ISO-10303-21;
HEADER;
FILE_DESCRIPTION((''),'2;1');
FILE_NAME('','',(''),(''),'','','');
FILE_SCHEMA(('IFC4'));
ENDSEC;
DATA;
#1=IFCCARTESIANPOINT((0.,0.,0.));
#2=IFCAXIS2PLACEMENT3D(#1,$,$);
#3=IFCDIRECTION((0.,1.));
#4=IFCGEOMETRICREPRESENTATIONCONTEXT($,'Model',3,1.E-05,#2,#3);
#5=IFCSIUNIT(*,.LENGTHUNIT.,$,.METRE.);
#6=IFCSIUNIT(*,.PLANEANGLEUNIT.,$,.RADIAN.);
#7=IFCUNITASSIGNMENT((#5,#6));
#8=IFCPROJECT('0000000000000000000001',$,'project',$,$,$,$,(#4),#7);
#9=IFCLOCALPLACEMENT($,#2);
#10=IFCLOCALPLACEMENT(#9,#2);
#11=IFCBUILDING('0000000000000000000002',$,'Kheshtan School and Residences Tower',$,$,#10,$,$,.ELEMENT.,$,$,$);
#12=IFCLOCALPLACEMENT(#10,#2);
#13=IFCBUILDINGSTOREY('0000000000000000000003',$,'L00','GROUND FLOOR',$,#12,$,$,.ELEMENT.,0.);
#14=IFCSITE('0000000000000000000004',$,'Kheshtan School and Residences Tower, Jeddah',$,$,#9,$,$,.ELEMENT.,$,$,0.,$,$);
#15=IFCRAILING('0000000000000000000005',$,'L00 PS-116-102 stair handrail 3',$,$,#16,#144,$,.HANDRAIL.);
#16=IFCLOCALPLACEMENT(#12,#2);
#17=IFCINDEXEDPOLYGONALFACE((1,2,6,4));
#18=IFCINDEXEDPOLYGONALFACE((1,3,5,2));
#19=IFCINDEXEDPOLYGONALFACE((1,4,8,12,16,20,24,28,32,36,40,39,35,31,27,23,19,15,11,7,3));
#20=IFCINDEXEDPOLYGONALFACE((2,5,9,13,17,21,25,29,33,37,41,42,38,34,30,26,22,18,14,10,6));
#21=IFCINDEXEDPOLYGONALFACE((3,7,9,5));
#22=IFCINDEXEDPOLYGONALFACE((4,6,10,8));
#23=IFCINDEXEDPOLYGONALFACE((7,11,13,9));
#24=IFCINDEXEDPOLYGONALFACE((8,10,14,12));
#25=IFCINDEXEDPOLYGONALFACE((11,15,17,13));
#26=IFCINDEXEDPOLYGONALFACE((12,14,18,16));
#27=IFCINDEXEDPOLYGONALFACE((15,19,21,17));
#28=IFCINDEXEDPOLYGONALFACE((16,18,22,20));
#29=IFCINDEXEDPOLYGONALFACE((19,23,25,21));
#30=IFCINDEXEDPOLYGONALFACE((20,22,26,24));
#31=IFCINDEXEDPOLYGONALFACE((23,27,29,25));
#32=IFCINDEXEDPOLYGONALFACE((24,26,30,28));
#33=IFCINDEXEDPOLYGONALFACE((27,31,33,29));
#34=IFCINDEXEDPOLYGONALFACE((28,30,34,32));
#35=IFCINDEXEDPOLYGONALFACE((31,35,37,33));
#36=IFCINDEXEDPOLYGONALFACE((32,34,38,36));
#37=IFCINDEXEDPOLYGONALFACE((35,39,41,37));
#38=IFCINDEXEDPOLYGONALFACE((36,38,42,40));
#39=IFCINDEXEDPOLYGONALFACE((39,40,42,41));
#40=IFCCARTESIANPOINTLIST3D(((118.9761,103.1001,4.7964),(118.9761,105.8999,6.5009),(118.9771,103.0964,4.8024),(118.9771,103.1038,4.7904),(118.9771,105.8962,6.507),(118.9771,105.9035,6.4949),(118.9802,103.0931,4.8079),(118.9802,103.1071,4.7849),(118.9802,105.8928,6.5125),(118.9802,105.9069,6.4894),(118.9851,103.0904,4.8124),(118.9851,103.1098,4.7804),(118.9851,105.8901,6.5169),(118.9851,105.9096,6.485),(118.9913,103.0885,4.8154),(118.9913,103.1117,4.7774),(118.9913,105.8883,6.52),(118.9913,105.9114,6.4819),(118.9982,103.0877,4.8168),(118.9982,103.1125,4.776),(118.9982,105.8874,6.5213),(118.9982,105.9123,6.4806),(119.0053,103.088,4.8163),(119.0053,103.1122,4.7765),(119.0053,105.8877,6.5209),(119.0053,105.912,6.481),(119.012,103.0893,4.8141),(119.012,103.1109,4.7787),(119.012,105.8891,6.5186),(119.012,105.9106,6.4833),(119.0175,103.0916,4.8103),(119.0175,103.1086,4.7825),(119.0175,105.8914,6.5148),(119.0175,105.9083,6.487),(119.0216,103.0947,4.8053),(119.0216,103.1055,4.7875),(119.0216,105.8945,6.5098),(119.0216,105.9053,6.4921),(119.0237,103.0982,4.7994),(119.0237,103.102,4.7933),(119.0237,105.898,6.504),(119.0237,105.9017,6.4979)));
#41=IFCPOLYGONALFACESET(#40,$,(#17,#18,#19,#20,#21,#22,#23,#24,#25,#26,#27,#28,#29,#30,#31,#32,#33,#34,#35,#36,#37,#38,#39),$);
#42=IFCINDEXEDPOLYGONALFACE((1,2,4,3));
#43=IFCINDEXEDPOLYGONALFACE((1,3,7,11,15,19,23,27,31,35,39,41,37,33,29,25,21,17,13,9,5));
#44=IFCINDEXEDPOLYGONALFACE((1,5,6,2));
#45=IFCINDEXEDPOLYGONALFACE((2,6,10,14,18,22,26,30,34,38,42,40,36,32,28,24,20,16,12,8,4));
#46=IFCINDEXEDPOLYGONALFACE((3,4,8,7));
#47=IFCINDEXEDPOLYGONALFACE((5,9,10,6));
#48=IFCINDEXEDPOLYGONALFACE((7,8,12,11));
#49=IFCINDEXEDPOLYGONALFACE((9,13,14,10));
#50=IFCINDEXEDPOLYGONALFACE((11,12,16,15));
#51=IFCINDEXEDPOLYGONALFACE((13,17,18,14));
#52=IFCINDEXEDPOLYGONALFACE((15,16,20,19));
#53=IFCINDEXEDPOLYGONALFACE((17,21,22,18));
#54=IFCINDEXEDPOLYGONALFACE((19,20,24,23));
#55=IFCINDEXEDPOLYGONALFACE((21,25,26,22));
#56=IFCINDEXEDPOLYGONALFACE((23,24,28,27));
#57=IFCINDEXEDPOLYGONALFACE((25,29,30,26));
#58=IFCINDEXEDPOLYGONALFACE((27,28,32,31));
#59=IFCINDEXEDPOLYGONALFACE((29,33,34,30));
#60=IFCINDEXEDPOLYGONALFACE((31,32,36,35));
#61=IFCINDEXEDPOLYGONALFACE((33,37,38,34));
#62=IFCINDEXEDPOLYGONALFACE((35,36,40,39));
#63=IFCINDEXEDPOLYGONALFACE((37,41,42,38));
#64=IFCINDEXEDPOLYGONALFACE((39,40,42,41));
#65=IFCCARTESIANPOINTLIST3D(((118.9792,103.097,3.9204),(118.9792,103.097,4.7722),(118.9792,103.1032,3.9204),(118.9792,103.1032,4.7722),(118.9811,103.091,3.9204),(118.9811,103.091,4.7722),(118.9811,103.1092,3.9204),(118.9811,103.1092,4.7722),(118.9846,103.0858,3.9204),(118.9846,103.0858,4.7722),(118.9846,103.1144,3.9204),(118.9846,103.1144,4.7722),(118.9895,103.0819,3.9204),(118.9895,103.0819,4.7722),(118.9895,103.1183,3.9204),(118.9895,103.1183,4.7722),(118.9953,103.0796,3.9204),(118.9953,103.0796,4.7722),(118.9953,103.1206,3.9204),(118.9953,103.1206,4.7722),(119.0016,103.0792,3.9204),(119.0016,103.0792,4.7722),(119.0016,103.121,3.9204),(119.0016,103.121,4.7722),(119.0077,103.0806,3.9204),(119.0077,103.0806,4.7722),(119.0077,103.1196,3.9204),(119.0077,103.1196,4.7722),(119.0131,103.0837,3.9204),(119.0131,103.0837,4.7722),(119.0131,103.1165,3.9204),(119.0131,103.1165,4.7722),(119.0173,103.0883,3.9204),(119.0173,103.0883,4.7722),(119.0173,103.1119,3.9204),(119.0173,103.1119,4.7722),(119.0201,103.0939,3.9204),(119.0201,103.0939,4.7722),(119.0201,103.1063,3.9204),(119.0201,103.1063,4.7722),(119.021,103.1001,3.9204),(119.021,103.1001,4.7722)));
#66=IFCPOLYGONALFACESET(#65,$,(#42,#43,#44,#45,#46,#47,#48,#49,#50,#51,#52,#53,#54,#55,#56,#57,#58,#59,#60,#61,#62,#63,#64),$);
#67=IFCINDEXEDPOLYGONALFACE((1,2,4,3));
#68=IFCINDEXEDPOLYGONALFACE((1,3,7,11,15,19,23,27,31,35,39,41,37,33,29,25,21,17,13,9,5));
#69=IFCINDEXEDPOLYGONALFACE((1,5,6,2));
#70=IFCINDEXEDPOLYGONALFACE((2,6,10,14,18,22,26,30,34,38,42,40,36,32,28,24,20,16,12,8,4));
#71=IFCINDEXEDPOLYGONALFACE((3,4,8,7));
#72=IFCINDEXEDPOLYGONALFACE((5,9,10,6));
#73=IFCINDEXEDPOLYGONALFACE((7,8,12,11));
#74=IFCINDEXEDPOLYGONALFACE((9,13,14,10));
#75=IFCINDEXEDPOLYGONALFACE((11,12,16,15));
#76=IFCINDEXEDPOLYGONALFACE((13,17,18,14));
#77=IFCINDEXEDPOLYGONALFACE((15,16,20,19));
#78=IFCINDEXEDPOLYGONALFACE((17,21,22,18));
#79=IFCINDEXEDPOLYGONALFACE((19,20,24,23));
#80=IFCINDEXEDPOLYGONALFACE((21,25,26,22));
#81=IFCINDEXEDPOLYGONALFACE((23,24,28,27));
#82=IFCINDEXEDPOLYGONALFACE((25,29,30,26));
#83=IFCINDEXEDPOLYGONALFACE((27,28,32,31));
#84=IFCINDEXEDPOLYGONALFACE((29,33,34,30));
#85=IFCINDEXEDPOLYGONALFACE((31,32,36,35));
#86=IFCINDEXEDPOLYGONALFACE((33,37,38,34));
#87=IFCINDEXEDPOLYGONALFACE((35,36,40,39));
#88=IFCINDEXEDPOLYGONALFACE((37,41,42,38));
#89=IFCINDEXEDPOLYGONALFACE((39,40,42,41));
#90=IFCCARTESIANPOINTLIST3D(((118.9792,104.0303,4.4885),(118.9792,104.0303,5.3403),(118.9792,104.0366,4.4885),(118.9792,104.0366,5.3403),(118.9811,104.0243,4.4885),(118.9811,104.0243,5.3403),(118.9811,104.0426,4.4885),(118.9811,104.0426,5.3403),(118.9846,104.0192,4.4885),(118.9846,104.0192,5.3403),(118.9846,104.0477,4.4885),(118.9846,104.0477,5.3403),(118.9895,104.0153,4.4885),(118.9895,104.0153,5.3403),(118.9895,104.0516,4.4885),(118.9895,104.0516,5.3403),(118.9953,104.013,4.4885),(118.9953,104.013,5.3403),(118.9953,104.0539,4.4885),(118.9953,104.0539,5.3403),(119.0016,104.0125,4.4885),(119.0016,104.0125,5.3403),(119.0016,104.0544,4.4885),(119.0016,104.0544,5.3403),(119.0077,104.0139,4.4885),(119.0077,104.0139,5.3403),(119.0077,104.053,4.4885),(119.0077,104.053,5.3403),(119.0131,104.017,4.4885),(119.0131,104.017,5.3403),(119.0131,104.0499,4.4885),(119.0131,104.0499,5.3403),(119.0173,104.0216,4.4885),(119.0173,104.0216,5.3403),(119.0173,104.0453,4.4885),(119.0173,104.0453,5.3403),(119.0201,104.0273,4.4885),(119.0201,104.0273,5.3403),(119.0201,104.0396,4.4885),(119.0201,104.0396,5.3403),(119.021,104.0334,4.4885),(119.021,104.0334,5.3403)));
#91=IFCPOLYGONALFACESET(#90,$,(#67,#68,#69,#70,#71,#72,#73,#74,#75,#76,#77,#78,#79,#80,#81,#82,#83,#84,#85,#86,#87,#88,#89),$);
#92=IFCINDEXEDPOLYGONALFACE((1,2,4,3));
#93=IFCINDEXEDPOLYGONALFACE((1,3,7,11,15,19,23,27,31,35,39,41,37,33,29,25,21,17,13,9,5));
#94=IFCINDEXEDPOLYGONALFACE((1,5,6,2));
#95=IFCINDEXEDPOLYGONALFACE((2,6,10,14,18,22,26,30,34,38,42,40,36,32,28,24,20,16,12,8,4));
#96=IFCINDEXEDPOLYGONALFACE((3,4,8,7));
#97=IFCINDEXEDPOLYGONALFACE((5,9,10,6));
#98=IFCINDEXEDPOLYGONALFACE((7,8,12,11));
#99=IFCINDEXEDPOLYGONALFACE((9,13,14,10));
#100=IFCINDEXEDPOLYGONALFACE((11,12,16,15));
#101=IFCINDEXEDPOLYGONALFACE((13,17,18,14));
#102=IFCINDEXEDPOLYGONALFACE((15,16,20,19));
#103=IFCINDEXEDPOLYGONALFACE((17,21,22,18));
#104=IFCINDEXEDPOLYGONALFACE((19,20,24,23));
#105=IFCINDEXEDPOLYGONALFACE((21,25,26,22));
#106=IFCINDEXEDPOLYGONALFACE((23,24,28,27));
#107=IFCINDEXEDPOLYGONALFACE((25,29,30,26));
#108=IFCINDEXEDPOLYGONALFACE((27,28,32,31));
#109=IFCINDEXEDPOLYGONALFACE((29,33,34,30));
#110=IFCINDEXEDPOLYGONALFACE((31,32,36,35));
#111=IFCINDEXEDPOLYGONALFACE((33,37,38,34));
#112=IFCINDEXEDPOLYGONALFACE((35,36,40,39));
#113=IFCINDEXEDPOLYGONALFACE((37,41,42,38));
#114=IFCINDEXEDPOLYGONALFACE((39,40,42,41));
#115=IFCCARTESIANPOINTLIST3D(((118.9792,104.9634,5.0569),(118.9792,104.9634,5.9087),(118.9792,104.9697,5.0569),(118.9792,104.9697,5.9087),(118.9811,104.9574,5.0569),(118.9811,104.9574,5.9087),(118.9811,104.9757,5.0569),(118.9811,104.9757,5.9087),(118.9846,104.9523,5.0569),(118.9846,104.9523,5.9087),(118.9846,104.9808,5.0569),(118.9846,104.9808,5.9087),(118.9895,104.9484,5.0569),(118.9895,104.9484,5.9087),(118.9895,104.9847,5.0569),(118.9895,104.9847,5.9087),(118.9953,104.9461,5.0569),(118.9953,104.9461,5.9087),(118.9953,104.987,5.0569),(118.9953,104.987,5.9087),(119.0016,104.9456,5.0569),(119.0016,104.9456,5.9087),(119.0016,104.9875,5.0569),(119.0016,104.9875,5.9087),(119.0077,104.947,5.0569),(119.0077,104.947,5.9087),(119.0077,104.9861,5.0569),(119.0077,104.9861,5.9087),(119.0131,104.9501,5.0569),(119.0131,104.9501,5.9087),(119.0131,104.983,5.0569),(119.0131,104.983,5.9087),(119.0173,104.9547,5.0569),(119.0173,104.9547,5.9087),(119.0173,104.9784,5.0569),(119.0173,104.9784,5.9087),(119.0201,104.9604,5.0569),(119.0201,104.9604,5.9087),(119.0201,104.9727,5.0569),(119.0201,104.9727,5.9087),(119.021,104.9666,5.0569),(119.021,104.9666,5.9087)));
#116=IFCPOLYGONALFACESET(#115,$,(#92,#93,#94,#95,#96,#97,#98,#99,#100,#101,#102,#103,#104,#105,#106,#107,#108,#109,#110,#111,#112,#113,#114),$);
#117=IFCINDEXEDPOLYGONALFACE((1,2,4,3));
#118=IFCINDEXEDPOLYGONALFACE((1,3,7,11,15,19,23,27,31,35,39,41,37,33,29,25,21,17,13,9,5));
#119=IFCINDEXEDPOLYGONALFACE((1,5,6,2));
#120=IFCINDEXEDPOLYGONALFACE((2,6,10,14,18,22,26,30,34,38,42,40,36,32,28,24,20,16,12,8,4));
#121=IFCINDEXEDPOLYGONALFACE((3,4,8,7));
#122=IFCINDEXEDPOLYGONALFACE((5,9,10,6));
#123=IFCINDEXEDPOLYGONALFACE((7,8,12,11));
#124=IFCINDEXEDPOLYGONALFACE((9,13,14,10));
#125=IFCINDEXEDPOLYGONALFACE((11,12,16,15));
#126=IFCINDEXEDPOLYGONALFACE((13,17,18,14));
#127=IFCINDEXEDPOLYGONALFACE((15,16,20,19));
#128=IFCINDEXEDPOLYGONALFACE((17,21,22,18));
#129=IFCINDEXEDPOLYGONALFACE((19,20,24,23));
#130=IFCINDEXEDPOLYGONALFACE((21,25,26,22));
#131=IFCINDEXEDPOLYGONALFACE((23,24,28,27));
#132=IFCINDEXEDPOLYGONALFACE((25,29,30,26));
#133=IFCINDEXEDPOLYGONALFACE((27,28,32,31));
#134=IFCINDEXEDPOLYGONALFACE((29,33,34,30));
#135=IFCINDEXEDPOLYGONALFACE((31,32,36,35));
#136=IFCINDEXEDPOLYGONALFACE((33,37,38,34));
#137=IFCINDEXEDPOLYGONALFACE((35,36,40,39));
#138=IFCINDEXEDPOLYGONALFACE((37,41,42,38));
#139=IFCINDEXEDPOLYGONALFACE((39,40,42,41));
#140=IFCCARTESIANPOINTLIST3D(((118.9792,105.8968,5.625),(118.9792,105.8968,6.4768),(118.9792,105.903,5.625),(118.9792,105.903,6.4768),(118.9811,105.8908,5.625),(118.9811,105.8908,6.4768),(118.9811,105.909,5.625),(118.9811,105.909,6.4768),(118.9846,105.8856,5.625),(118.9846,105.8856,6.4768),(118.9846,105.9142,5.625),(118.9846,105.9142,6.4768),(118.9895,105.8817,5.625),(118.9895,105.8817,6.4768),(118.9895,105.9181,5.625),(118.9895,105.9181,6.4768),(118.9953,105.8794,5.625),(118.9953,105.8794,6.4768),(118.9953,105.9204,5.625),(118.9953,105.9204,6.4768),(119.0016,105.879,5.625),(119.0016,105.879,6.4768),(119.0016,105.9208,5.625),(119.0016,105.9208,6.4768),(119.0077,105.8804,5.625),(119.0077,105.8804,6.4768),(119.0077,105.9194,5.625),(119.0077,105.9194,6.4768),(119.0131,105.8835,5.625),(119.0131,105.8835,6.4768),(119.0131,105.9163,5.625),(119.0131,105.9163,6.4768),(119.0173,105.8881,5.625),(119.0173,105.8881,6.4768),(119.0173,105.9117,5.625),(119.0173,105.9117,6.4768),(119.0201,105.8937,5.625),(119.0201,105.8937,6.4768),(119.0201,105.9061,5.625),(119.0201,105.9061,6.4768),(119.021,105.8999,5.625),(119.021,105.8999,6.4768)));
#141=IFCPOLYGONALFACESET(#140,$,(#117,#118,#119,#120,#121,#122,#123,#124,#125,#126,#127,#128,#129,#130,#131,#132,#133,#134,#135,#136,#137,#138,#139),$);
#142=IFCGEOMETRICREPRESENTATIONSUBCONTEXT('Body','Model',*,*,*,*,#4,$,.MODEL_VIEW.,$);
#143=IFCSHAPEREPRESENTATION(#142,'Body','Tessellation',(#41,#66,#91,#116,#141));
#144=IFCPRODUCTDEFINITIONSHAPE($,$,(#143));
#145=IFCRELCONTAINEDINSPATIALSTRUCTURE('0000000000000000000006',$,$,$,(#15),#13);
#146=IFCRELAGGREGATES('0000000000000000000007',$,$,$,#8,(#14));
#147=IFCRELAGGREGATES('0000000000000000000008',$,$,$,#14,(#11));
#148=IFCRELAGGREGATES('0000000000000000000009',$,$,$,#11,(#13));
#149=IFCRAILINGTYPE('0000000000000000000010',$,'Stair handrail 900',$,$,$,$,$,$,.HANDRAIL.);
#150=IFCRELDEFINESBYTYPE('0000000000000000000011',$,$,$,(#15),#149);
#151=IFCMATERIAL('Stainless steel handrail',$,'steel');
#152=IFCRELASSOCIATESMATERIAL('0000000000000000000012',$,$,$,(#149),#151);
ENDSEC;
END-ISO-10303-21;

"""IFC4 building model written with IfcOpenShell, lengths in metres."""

from ifc_helpers import new_model, si_unit, direction, frame, origin, origin_2d, place, context, subcontext, project, spatial, circle, extrude, material, type_object, element, save


model = new_model("IFC4")

# Units and contexts
model_context = context("Model", 3, precision=1e-05, world=origin(), true_north=direction((0.0, 1.0)))
body_context = subcontext(model_context, "Body", "Model", "MODEL_VIEW")
ifc_project = project(units=[si_unit("LENGTHUNIT", "METRE"), si_unit("PLANEANGLEUNIT", "RADIAN")], contexts=[model_context])

# Site, building, storey
site_placement = place(None, origin())
site = spatial("IfcSite", under=ifc_project, at=site_placement, Name="Kheshtan School and Residences Tower, Jeddah", CompositionType="ELEMENT", RefElevation=0.0)
building_placement = place(site_placement, origin())
building = spatial("IfcBuilding", under=site, at=building_placement, Name="Kheshtan School and Residences Tower", CompositionType="ELEMENT")
storey_placement = place(building_placement, origin())
storey = spatial("IfcBuildingStorey", under=building, at=storey_placement, Name="L00", Description="GROUND FLOOR", CompositionType="ELEMENT", Elevation=0.0)

# Railing
ifc_material_1 = material(Name="Stainless steel handrail", Category="steel")
railing_type_1 = type_object("IfcRailingType", Name="Stair handrail 900", PredefinedType="HANDRAIL", material=ifc_material_1)
for number, where, name in (
    (1, (119.0, 103.1001, 3.9204), "L00 PS-116-102 stair handrail 3"),
):
    element("IfcRailing", number, at=place(storey_placement, frame(where)), inside=storey, type_object=railing_type_1, Name=name, PredefinedType="HANDRAIL", context=body_context, shape_type="SweptSolid", body=[
        extrude(circle(Radius=0.0239, at=origin_2d()), frame((0.0, 0.0, 0.876), z_axis=(0.0, 0.85415, 0.520027), x_axis=(-1.0, 0.0, 0.0)), (0.0, 0.0, 1.0), 3.2778),
        extrude(circle(Radius=0.021, at=origin_2d()), origin(), (0.0, 0.0, 1.0), 0.8518),
        extrude(circle(Radius=0.021, at=origin_2d()), frame((0.0, 0.9333, 0.5681)), (0.0, 0.0, 1.0), 0.8518),
        extrude(circle(Radius=0.021, at=origin_2d()), frame((0.0, 1.8665, 1.1365)), (0.0, 0.0, 1.0), 0.8518),
        extrude(circle(Radius=0.021, at=origin_2d()), frame((0.0, 2.7998, 1.7046)), (0.0, 0.0, 1.0), 0.8518),
    ])

save(model, "model.ifc")
